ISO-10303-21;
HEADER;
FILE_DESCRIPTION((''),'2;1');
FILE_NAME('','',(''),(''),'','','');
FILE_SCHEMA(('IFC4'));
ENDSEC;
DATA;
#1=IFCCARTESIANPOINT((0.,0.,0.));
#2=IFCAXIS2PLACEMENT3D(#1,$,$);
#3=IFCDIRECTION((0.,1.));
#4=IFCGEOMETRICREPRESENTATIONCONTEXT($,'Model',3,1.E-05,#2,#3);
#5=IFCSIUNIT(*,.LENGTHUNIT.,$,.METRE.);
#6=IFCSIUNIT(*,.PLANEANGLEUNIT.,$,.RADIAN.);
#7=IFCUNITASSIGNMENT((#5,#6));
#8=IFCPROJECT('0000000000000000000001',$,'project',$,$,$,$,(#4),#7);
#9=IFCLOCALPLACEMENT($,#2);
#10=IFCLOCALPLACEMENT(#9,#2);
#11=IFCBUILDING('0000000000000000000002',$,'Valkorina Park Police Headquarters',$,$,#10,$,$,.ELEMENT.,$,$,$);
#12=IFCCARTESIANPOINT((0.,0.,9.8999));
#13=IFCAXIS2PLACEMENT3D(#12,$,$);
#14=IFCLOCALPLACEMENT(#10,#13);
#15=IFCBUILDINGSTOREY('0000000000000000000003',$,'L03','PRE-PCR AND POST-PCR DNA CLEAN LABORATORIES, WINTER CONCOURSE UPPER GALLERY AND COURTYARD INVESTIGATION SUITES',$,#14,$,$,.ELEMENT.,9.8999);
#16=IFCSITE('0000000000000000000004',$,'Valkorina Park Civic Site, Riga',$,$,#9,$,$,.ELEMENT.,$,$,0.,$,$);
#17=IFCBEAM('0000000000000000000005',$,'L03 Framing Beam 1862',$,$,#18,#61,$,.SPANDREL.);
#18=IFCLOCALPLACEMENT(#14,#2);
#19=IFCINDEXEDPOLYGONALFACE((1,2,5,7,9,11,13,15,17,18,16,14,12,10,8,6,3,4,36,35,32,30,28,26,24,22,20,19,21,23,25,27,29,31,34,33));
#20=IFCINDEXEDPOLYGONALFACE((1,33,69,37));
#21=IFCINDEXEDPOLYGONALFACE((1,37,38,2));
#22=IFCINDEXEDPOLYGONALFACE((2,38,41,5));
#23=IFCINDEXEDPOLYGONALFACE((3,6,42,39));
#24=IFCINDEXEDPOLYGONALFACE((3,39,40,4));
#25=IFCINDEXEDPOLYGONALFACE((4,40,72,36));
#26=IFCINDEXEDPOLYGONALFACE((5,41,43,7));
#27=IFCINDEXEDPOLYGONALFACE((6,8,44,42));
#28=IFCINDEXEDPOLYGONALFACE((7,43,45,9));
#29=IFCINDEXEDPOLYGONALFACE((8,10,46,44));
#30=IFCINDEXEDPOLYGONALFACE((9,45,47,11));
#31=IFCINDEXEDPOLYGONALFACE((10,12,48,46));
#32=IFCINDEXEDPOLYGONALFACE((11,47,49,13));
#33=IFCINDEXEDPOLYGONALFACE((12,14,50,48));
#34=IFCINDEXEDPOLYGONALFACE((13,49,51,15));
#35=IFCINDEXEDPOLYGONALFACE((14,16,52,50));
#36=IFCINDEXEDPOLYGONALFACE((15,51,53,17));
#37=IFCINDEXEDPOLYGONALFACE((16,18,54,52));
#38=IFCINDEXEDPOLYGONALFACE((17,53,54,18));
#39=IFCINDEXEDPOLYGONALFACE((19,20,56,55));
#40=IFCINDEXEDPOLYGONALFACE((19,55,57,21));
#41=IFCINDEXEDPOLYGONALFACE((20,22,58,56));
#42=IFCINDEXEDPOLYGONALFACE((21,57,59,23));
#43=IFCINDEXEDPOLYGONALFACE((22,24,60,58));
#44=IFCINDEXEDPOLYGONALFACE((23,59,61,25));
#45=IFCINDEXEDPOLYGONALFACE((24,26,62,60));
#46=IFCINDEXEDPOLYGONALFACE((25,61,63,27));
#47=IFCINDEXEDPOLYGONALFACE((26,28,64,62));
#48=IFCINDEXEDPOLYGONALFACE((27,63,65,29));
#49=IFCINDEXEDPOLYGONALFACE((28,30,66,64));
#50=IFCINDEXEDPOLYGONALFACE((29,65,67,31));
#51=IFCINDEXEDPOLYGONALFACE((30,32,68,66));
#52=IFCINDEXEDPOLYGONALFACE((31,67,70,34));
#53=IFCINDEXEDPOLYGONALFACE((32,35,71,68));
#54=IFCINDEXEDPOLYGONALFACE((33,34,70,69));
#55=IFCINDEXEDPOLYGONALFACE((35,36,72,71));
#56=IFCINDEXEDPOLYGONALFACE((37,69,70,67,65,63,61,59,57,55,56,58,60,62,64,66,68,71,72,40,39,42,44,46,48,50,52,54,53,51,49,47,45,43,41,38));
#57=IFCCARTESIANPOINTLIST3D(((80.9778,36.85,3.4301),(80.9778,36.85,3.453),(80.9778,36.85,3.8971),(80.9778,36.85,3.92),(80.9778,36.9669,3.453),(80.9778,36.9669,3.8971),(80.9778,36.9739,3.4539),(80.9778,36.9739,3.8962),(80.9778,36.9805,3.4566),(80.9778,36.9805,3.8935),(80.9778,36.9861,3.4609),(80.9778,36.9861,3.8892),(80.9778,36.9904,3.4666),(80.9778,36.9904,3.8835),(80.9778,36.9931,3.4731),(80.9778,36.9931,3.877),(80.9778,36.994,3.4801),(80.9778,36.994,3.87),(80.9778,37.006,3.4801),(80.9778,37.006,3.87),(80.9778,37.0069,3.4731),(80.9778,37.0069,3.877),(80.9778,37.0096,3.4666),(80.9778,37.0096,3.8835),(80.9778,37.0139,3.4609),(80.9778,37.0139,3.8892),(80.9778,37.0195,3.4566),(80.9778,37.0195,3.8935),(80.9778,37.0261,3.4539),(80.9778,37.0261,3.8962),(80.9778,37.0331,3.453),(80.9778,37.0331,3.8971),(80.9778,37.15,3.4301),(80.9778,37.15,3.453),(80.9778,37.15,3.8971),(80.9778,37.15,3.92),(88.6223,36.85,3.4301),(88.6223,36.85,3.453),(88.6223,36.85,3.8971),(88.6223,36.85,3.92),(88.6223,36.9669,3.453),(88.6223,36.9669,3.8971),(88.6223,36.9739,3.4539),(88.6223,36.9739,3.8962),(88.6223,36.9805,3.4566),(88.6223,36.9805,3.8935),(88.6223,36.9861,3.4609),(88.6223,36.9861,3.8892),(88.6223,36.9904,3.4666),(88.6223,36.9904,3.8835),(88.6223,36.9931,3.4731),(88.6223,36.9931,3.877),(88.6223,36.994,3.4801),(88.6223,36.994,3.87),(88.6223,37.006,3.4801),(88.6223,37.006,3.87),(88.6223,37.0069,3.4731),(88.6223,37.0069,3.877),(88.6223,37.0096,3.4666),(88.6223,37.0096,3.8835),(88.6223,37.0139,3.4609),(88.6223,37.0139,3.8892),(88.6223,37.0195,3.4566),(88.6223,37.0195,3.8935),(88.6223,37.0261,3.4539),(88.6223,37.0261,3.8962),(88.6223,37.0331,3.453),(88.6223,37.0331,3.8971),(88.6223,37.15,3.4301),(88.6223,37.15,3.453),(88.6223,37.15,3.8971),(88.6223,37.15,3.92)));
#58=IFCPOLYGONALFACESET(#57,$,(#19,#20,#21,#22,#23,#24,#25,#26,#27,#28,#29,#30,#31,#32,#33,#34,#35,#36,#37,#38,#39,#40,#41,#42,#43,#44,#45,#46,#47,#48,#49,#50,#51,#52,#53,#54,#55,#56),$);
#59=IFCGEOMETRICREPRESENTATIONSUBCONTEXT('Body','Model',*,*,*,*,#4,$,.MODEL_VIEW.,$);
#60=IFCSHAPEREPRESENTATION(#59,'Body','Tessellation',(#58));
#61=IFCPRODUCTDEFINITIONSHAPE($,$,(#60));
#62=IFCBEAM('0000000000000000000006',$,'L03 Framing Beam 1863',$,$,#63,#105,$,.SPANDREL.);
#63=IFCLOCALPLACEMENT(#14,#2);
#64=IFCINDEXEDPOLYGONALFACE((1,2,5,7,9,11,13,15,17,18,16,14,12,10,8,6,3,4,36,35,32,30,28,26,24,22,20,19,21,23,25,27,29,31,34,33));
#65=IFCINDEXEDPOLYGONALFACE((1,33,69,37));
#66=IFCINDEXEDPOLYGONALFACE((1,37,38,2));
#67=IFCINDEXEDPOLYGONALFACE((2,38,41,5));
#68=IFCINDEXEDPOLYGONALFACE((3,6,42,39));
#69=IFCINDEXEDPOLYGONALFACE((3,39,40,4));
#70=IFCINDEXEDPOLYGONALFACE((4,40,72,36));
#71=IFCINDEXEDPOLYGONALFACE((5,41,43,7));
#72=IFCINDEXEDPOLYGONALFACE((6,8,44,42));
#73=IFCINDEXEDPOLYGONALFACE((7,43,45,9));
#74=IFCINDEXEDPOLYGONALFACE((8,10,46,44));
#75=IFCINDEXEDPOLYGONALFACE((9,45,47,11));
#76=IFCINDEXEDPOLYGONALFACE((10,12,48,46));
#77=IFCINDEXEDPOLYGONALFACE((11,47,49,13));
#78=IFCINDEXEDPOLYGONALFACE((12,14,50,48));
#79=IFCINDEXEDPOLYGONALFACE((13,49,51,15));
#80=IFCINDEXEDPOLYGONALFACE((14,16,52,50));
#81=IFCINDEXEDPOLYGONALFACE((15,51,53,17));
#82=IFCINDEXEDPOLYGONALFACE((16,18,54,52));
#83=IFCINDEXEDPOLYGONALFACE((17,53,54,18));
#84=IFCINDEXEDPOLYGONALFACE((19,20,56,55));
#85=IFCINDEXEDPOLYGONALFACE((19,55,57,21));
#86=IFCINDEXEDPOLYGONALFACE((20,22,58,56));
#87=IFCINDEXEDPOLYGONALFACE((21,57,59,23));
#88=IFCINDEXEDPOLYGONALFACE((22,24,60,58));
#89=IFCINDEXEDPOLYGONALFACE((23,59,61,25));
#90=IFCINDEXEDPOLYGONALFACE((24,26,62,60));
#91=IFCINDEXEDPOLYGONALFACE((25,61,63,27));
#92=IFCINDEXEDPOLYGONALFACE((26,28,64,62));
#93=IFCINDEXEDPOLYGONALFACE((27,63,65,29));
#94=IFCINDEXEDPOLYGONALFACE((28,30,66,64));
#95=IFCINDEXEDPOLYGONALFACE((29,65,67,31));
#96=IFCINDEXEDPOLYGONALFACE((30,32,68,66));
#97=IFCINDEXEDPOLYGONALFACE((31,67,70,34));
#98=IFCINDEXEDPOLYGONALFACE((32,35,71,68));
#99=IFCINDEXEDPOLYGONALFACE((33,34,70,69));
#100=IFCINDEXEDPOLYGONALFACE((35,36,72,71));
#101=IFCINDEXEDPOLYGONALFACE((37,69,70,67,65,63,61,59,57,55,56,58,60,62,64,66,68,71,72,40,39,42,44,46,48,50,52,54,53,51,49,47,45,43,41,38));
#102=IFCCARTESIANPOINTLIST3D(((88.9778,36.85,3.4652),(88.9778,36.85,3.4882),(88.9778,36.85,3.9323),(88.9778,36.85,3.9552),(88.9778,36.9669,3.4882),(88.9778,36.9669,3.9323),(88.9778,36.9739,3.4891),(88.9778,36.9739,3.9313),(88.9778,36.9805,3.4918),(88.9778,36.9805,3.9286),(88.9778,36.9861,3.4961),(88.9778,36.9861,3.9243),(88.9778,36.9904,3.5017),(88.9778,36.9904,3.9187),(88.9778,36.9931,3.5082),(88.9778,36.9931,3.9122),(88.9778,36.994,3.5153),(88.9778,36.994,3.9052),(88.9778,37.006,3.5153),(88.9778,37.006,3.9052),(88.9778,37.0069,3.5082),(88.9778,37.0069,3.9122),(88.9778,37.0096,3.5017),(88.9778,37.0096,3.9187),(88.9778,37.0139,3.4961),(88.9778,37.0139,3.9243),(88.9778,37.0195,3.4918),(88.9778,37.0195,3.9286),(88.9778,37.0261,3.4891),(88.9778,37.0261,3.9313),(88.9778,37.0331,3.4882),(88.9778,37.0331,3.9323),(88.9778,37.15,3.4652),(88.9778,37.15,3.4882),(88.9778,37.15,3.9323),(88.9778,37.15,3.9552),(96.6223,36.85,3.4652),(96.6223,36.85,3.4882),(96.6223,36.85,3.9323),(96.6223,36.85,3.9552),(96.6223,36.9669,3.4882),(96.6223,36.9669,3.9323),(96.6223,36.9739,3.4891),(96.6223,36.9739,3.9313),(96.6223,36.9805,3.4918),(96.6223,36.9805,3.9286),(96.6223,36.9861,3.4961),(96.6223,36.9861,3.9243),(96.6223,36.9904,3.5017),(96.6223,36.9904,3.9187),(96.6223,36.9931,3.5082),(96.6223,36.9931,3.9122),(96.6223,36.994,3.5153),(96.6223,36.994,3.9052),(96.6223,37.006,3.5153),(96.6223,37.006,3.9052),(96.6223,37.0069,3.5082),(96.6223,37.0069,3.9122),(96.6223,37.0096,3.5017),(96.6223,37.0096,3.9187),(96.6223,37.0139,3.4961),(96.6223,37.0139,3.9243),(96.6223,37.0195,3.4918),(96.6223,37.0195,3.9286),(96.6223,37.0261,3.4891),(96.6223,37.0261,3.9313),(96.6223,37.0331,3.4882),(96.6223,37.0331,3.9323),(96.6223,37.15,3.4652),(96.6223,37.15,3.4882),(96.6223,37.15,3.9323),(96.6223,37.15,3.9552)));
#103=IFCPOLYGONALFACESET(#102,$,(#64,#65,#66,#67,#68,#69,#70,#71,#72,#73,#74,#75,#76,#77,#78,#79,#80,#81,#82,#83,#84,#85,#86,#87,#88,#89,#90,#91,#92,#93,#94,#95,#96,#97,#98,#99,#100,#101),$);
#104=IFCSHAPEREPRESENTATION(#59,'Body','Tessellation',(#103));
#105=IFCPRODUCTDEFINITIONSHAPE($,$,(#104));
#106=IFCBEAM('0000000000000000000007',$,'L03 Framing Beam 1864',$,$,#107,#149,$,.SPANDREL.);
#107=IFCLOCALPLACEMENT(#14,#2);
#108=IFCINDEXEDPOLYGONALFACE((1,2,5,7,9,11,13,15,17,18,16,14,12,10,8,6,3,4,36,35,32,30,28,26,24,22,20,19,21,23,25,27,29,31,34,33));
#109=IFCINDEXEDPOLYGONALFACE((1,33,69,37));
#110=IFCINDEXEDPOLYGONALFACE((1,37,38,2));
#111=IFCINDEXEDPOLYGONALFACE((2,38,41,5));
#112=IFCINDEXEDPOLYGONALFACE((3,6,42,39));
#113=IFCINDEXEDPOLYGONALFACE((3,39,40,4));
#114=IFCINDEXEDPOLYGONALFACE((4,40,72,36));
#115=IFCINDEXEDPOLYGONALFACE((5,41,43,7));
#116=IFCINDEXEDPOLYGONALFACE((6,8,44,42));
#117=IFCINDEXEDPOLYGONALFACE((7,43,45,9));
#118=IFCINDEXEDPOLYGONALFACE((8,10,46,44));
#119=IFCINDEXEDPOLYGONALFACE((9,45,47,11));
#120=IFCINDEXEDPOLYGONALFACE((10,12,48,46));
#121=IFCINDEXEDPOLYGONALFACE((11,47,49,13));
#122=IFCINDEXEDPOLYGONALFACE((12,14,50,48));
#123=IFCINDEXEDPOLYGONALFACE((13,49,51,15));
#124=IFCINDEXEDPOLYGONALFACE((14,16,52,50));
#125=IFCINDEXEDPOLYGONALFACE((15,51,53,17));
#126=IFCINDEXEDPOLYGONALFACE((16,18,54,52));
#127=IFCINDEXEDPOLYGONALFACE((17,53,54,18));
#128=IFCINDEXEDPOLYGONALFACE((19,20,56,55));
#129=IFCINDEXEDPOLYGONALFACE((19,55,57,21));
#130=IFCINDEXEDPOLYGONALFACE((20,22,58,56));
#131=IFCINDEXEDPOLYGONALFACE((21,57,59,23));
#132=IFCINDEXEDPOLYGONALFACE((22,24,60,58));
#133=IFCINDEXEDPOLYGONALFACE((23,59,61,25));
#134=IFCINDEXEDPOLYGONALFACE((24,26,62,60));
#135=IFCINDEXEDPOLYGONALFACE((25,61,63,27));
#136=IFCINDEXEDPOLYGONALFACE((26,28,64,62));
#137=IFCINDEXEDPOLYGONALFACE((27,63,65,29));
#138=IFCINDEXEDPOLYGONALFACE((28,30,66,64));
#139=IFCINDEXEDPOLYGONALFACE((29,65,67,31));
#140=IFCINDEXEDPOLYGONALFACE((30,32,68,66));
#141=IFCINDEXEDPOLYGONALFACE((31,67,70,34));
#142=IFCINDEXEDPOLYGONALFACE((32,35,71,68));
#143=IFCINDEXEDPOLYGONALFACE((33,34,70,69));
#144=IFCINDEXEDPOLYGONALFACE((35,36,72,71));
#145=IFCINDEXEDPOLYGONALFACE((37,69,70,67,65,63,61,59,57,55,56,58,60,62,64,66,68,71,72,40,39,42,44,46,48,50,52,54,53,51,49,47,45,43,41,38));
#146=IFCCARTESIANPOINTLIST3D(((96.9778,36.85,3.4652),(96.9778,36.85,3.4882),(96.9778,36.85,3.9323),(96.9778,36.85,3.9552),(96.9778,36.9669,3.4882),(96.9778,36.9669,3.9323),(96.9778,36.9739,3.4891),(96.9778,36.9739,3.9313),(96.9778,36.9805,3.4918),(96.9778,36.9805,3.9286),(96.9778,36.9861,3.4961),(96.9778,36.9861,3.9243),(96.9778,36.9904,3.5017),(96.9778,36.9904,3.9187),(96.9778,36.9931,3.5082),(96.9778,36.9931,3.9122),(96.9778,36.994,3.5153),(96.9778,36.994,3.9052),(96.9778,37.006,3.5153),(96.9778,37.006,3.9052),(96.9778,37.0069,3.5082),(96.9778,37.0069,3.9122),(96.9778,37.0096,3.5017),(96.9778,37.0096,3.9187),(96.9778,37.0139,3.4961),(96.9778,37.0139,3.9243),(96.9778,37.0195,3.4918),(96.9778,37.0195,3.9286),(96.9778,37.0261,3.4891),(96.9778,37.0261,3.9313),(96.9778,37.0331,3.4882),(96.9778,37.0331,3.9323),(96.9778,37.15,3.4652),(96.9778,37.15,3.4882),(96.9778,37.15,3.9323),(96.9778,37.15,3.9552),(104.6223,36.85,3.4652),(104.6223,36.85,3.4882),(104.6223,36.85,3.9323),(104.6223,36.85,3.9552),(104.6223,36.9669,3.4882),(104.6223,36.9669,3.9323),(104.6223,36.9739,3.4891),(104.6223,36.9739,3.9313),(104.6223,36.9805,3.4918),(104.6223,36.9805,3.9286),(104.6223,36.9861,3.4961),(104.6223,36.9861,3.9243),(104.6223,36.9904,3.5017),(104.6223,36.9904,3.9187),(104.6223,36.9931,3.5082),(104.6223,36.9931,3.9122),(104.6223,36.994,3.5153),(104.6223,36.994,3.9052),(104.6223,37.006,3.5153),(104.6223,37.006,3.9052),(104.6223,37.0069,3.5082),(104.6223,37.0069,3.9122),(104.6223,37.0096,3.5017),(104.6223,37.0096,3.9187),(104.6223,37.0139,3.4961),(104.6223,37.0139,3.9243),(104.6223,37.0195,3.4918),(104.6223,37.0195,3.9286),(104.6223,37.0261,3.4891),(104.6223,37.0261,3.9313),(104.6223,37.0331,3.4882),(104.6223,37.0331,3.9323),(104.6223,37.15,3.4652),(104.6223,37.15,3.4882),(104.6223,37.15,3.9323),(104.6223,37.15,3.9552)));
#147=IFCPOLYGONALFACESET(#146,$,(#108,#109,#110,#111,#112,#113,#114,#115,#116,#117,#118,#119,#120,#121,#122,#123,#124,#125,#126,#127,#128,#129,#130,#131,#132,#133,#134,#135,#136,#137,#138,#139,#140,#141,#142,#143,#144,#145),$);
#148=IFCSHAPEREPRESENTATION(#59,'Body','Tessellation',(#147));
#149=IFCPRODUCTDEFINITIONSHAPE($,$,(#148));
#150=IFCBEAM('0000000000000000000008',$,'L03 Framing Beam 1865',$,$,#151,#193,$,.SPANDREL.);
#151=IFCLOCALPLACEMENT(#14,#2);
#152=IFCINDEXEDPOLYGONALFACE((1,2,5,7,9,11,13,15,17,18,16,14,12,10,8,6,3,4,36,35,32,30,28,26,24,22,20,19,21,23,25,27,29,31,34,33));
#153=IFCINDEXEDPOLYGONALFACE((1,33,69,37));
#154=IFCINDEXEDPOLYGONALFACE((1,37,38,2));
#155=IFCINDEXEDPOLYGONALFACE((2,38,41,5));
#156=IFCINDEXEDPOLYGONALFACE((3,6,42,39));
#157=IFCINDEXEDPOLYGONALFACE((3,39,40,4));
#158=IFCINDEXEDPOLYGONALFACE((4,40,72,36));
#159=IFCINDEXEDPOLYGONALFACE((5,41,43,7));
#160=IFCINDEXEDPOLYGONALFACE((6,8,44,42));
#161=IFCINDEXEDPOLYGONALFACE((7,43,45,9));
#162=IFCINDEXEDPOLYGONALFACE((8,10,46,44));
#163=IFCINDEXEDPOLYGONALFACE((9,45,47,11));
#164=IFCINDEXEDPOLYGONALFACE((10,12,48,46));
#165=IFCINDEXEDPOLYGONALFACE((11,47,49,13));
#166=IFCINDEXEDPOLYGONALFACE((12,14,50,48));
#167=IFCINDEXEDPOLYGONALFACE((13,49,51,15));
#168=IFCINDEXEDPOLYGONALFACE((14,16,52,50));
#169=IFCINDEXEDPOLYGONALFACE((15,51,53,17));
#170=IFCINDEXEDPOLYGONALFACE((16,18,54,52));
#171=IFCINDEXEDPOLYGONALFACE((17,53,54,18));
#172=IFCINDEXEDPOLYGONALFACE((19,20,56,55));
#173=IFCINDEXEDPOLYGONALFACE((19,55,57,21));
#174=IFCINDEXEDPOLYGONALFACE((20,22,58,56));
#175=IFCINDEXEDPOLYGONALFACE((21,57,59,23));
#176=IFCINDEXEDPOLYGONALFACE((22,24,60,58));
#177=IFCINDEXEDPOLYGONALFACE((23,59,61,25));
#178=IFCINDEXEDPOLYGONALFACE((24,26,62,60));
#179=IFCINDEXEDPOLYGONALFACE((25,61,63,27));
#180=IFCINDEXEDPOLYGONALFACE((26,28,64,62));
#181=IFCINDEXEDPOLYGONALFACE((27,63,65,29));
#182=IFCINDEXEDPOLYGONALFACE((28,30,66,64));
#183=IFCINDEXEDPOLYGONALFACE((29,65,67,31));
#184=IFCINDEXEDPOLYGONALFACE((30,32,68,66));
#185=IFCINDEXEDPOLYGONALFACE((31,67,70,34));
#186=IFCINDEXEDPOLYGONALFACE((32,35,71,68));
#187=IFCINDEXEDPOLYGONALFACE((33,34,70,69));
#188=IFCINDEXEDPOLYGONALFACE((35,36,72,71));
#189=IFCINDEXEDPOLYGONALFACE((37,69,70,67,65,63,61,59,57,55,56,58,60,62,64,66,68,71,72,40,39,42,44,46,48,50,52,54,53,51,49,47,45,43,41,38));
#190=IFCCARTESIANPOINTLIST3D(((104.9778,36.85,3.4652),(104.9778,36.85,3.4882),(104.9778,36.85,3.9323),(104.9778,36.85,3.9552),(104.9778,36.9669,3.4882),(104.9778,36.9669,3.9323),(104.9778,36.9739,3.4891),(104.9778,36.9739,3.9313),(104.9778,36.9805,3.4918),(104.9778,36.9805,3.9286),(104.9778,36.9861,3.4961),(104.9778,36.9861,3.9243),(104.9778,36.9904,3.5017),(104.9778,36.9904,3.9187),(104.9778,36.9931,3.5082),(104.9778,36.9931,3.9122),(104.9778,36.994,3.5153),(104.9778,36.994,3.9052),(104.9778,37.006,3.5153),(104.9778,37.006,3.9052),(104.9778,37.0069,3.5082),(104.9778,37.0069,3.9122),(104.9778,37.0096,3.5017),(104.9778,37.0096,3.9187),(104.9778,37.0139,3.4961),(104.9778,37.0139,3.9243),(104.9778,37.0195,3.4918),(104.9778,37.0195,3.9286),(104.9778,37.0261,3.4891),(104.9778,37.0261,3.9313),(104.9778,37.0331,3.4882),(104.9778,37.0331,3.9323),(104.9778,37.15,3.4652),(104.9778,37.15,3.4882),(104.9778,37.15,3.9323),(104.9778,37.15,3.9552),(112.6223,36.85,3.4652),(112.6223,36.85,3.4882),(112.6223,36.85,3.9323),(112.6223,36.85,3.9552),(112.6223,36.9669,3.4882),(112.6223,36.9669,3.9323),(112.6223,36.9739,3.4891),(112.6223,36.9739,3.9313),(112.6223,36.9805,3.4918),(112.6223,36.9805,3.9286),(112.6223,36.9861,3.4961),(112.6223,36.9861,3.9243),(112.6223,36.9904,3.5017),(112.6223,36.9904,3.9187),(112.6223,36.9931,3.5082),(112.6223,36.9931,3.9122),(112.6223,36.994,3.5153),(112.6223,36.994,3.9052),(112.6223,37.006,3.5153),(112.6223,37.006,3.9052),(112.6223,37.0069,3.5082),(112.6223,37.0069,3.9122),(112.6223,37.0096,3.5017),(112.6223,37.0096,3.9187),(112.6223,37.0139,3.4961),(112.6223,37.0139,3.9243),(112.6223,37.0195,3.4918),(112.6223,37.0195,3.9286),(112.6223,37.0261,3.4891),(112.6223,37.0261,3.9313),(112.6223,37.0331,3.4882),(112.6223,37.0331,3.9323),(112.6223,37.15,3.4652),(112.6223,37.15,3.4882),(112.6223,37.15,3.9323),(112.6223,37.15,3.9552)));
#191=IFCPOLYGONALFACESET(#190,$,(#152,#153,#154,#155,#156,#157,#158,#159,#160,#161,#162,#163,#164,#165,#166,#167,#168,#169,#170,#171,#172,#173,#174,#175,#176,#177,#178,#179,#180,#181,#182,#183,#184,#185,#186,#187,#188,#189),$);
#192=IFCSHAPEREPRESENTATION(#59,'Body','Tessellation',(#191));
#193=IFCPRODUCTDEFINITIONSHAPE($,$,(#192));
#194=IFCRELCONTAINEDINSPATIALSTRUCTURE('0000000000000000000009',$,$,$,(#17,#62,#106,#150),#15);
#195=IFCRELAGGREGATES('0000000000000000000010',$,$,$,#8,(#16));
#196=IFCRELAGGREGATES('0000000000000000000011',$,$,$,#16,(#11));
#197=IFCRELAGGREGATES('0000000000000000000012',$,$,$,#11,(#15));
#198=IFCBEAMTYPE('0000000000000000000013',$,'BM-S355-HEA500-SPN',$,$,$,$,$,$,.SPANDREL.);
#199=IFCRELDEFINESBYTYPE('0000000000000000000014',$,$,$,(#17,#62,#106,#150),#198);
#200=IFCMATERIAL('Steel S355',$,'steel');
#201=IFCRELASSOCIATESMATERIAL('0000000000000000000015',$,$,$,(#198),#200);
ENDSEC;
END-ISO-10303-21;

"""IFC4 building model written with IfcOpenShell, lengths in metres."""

from ifc_helpers import new_model, si_unit, direction, frame, origin, origin_2d, place, context, subcontext, project, spatial, i_section, extrude, material, material_profile, profile_set, type_object, element, save


model = new_model("IFC4")

# Units and contexts
model_context = context("Model", 3, precision=1e-05, world=origin(), true_north=direction((0.0, 1.0)))
body_context = subcontext(model_context, "Body", "Model", "MODEL_VIEW")
ifc_project = project(units=[si_unit("LENGTHUNIT", "METRE"), si_unit("PLANEANGLEUNIT", "RADIAN")], contexts=[model_context])

# Site, building, storey
site_placement = place(None, origin())
site = spatial("IfcSite", under=ifc_project, at=site_placement, Name="Valkorina Park Civic Site, Riga", CompositionType="ELEMENT", RefElevation=0.0)
building_placement = place(site_placement, origin())
building = spatial("IfcBuilding", under=site, at=building_placement, Name="Valkorina Park Police Headquarters", CompositionType="ELEMENT")
storey_placement = place(building_placement, frame((0.0, 0.0, 9.8999)))
storey = spatial("IfcBuildingStorey", under=building, at=storey_placement, Name="L03", Description="PRE-PCR AND POST-PCR DNA CLEAN LABORATORIES, WINTER CONCOURSE UPPER GALLERY AND COURTYARD INVESTIGATION SUITES", CompositionType="ELEMENT", Elevation=9.8999)

# Shared definitions
ifc_material_1 = material(Name="Steel S355", Category="steel")

# Beams
ifc_material_profile_1 = material_profile(ifc_material_1, i_section(OverallWidth=0.3, OverallDepth=0.49, WebThickness=0.012, FlangeThickness=0.0229, FilletRadius=0.0271, at=origin_2d()), Name="HEA 500")
ifc_profile_set_1 = profile_set([ifc_material_profile_1], Name="Steel S355")
beam_type_1 = type_object("IfcBeamType", Name="BM-S355-HEA500-SPN", PredefinedType="SPANDREL", material=ifc_profile_set_1)
for number, where, z_axis, x_axis, name in (
    (1, (80.9778, 37.0, 3.675), (1.0, 0.0, 0.0), (0.0, 1.0, 0.0), "L03 Framing Beam 1862"),
    (2, (88.9778, 37.0, 3.7102), (1.0, 0.0, 0.0), (0.0, 1.0, 0.0), "L03 Framing Beam 1863"),
    (3, (96.9778, 37.0, 3.7102), (1.0, 0.0, 0.0), (0.0, 1.0, 0.0), "L03 Framing Beam 1864"),
    (4, (104.9778, 37.0, 3.7102), (1.0, 0.0, 0.0), (0.0, 1.0, 0.0), "L03 Framing Beam 1865"),
):
    element("IfcBeam", number, at=place(storey_placement, frame(where, z_axis=z_axis, x_axis=x_axis)), inside=storey, type_object=beam_type_1, Name=name, PredefinedType="SPANDREL", context=body_context, shape_type="SweptSolid", body=[
        extrude(i_section(OverallWidth=0.3, OverallDepth=0.49, WebThickness=0.012, FlangeThickness=0.0229, FilletRadius=0.0271, at=origin_2d()), origin(), (0.0, 0.0, 1.0), 7.6445),
    ])

save(model, "model.ifc")
